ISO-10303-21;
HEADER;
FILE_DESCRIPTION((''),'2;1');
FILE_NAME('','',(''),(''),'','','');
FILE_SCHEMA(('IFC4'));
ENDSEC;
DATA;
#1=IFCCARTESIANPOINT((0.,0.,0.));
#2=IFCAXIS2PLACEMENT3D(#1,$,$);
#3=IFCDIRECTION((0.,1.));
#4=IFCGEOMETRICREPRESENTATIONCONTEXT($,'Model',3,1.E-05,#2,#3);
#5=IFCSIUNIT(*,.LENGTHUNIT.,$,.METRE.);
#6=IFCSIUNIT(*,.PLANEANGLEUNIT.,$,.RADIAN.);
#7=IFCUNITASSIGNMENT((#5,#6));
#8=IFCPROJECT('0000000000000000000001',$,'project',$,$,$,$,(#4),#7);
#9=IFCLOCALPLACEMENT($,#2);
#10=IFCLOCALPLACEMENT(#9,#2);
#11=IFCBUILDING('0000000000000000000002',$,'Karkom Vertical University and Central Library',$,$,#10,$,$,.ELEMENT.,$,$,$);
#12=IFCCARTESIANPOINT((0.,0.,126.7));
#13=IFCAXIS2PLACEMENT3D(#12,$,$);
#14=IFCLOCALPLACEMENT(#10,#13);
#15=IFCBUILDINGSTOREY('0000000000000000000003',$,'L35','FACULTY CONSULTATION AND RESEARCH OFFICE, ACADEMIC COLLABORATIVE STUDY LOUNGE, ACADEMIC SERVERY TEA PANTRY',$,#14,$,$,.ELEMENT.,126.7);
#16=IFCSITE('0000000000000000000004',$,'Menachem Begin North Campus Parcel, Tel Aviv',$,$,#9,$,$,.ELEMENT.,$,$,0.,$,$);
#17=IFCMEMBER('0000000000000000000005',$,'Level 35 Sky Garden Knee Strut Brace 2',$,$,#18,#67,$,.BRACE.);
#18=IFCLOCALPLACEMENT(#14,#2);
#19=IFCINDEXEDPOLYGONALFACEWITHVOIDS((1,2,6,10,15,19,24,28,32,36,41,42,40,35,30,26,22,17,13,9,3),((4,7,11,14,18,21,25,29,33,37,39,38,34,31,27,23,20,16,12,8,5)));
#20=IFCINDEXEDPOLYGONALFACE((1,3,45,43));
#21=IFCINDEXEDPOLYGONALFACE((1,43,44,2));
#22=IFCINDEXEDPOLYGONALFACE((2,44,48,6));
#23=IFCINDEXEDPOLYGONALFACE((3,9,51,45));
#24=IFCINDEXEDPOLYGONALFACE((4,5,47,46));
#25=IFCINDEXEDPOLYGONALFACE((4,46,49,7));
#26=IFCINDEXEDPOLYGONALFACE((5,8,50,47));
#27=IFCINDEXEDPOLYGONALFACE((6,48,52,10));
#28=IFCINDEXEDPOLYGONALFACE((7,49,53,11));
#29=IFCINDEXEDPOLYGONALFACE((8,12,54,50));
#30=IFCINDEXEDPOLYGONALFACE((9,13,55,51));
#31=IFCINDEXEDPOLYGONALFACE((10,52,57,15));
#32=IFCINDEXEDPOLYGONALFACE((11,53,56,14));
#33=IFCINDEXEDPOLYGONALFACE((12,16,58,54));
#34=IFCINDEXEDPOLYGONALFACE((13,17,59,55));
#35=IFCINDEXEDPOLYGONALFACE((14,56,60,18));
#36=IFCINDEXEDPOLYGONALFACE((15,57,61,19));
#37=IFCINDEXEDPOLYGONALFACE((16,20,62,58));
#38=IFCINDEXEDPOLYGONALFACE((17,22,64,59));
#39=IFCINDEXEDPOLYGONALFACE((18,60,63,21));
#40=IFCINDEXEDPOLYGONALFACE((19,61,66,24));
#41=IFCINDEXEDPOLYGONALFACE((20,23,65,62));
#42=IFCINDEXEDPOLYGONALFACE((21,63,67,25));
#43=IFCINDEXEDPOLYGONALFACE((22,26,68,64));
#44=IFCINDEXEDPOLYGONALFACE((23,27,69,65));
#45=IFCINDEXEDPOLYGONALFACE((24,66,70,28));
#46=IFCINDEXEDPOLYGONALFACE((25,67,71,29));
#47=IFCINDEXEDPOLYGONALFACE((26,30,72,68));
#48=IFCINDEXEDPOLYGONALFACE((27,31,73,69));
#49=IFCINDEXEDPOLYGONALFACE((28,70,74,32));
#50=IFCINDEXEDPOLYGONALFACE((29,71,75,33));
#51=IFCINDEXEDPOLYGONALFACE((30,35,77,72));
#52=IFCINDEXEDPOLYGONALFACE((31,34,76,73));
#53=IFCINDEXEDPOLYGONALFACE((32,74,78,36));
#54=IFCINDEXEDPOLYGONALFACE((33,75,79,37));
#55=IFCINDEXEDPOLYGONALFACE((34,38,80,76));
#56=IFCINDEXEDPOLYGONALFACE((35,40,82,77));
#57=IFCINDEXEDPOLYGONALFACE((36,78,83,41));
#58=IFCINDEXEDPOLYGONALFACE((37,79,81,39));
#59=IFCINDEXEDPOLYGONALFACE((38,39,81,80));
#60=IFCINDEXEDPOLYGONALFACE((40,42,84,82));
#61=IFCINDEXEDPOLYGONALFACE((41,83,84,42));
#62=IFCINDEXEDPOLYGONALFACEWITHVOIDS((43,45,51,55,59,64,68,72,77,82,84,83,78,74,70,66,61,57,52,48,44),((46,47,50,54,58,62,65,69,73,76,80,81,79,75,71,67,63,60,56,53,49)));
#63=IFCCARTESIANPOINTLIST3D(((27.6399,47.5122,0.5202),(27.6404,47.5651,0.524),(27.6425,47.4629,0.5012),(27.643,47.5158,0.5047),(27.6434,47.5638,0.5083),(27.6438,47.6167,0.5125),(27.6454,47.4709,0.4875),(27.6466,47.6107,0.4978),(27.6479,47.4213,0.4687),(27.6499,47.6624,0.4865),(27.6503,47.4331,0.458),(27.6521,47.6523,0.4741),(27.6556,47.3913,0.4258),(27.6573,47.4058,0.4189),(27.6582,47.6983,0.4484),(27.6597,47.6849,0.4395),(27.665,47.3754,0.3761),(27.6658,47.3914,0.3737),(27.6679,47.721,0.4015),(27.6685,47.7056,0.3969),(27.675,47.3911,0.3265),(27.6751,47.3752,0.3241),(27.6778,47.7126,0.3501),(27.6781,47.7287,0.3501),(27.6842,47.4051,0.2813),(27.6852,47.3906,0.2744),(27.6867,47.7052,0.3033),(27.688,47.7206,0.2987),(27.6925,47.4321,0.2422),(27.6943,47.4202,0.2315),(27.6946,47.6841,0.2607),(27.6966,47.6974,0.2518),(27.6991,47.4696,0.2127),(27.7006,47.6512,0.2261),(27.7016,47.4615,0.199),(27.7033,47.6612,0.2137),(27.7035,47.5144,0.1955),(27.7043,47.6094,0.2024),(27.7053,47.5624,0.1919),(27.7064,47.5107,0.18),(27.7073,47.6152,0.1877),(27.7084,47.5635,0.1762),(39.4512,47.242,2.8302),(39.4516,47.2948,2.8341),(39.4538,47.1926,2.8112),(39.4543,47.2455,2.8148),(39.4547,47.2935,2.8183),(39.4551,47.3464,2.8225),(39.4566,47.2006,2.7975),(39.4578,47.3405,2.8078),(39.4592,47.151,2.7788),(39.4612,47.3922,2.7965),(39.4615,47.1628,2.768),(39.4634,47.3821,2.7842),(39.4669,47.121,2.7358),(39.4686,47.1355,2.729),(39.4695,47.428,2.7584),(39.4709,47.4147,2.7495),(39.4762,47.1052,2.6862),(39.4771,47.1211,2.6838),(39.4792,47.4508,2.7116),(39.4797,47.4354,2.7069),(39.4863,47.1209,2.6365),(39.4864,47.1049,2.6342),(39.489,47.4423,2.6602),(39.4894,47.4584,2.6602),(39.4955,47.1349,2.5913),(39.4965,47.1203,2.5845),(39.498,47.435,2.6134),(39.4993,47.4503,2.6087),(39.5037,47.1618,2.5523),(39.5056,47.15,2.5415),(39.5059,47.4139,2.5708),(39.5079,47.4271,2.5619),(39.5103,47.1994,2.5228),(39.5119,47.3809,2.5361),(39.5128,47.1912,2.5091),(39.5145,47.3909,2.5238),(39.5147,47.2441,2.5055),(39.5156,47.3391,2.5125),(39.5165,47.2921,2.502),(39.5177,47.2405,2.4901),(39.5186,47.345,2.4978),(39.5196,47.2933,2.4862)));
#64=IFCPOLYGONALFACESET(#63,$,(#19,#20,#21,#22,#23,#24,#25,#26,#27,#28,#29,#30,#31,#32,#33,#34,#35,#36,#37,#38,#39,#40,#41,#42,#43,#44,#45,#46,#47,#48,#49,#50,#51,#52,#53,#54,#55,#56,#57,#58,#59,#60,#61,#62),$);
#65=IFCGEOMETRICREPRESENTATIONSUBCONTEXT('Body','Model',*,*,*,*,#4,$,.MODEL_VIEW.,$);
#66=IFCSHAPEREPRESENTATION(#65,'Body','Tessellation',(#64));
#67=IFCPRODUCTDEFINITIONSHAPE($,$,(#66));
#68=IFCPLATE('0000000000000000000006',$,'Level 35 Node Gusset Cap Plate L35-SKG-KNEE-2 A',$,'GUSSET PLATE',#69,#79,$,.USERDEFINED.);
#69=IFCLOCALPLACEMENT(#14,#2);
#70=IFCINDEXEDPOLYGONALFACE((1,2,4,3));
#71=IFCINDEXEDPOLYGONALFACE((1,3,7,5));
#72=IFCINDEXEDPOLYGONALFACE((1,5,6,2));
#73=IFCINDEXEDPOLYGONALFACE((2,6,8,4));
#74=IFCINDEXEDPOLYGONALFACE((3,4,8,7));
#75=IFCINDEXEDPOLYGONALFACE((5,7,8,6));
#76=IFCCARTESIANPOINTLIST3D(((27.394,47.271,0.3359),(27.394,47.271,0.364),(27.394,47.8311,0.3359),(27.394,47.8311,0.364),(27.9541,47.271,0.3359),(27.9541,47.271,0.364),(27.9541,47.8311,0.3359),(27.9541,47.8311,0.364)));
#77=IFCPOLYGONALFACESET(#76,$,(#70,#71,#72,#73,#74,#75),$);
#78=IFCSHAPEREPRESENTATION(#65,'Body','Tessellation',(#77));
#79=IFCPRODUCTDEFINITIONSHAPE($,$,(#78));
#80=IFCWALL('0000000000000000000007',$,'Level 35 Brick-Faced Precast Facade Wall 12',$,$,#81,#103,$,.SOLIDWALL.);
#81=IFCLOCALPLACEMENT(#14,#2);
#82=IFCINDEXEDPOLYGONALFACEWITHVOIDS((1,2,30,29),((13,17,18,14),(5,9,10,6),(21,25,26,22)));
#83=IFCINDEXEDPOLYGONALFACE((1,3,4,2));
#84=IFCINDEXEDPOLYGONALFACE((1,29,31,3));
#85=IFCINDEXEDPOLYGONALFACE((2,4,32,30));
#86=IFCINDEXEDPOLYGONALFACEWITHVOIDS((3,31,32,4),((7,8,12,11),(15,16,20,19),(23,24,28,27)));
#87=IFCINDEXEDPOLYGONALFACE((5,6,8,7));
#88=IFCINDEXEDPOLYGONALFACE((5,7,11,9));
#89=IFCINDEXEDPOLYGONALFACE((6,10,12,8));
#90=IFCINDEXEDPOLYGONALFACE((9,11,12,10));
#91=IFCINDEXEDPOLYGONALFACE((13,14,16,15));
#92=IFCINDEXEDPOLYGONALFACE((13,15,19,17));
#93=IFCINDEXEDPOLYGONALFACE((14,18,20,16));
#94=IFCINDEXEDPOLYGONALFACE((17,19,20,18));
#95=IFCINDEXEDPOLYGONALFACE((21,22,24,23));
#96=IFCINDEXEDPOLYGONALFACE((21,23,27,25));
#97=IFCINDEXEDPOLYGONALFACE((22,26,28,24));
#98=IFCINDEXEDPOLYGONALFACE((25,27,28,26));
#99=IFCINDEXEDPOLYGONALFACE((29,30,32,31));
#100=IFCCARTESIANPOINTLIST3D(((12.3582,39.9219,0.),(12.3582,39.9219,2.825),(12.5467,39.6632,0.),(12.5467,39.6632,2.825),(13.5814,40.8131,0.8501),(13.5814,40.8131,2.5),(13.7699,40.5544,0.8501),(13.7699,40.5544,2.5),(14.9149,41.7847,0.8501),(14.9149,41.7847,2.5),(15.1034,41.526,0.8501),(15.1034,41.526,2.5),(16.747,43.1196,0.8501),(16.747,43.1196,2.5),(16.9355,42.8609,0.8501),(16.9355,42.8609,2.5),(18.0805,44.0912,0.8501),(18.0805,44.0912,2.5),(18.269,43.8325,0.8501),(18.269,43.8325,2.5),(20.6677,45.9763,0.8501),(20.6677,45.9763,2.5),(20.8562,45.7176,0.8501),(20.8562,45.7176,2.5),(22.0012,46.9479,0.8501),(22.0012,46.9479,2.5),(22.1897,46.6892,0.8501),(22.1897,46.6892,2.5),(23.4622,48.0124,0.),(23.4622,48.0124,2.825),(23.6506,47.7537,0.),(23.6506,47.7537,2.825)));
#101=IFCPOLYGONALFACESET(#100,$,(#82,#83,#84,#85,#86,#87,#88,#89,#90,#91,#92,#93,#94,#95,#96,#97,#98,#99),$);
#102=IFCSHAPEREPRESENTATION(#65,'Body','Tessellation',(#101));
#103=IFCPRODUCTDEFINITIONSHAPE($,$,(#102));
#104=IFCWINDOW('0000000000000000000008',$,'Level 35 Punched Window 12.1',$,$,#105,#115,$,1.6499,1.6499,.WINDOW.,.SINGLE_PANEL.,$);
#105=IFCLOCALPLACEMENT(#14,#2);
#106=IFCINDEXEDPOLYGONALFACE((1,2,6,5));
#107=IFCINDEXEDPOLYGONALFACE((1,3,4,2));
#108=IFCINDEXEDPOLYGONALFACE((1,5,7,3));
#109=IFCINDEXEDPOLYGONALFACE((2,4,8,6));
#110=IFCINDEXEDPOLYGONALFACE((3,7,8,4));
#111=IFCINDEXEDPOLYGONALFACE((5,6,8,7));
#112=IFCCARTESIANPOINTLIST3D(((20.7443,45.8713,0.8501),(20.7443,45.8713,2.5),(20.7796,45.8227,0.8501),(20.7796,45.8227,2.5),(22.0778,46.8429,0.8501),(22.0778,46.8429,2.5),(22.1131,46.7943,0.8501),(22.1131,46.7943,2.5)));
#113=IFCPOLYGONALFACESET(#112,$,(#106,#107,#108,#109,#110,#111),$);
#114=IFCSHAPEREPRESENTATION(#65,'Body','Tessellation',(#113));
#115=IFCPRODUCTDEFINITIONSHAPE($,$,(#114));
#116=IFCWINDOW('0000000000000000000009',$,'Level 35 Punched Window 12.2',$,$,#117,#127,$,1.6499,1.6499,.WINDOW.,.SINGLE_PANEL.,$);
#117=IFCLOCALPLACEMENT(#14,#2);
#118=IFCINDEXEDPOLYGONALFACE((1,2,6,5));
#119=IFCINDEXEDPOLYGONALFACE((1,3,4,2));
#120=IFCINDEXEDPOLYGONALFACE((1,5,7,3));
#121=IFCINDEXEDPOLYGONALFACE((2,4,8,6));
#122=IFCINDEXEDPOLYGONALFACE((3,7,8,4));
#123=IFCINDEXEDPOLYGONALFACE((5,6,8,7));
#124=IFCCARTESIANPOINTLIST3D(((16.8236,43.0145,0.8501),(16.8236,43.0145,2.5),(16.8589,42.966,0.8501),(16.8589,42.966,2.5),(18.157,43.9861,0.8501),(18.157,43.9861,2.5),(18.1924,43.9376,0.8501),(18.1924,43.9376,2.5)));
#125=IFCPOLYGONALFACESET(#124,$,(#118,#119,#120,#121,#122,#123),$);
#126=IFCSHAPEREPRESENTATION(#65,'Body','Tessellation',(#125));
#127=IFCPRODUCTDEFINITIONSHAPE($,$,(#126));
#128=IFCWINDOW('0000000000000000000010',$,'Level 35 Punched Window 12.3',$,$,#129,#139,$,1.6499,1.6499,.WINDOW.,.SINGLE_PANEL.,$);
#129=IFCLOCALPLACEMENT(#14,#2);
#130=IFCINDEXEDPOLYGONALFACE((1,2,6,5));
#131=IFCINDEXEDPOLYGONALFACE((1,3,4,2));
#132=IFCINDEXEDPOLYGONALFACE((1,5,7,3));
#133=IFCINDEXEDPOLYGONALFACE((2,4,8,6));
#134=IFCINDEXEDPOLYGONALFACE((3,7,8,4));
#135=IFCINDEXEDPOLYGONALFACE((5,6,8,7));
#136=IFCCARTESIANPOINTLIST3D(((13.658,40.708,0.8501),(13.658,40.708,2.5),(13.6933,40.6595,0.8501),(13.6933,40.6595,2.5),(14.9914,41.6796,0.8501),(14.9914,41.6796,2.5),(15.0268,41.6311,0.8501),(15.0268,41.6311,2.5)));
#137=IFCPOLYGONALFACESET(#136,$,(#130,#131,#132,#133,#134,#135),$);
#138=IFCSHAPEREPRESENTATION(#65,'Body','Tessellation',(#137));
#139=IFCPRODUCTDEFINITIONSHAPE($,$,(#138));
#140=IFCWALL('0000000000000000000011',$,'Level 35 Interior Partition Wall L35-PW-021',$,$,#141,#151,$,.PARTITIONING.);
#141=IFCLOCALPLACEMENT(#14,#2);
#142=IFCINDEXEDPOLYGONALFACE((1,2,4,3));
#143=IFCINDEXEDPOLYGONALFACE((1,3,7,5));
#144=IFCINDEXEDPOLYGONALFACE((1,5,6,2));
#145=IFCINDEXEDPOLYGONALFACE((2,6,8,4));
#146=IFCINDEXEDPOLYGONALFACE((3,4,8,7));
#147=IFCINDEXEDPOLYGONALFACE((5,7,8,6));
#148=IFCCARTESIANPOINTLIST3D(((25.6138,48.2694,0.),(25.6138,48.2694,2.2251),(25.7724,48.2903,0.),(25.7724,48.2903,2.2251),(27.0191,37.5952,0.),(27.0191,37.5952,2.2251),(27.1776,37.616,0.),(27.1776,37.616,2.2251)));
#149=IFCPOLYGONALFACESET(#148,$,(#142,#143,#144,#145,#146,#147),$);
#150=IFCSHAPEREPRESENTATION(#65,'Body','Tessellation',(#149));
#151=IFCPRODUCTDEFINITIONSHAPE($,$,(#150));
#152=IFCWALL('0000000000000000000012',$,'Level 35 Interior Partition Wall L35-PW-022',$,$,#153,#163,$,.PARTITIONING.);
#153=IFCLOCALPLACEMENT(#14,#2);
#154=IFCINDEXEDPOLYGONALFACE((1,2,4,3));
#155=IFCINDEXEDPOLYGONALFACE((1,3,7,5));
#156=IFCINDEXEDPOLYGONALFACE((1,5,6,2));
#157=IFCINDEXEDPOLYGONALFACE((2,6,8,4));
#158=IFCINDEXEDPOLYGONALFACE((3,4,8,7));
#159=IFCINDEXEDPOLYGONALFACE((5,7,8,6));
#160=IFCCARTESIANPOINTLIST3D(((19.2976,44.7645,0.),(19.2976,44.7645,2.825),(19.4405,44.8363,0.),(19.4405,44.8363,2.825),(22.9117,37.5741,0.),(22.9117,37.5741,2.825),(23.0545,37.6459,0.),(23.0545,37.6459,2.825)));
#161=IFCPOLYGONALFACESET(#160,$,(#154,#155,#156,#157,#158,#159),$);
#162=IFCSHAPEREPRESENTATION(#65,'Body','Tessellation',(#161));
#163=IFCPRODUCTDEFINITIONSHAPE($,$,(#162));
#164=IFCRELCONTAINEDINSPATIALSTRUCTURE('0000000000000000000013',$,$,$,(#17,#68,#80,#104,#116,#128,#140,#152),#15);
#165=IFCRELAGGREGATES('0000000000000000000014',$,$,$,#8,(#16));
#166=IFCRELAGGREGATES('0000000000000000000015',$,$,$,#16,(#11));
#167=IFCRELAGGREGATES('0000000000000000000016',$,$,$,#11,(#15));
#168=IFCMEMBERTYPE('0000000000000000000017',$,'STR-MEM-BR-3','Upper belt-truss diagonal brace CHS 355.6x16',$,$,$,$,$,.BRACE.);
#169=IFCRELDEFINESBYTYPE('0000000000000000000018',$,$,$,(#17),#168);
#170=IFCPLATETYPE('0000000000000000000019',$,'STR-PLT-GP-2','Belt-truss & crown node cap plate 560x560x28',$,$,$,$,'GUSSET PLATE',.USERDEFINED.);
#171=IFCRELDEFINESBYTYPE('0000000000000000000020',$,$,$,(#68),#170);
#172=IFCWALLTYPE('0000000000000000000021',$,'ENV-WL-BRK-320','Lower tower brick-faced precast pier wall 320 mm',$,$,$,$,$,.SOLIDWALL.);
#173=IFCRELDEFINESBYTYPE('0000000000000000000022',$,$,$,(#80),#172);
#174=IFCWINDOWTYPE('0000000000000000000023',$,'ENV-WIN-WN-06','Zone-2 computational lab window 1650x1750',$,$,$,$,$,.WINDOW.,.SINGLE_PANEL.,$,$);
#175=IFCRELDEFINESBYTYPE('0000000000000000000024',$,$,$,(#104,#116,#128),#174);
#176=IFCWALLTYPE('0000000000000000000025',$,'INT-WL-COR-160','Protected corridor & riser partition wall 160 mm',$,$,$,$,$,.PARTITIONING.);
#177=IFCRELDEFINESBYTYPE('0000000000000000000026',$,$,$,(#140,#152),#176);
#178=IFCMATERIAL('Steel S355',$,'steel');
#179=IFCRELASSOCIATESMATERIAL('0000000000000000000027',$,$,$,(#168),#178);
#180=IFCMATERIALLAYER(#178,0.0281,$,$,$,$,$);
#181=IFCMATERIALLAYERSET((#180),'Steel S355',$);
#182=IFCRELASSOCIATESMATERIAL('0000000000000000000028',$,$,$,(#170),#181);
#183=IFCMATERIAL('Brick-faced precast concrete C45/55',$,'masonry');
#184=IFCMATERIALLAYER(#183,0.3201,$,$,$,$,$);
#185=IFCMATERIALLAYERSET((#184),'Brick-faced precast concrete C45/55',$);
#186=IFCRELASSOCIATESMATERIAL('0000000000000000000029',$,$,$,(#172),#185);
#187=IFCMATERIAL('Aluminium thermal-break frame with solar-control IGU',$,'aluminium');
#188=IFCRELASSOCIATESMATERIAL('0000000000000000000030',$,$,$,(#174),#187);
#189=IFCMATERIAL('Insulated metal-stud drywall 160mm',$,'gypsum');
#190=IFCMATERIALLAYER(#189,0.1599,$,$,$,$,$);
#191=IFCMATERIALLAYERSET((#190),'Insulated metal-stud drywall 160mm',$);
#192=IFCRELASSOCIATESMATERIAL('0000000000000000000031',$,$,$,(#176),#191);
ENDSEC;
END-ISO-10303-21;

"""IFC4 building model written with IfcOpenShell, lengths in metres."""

from ifc_helpers import new_model, si_unit, direction, frame, frame_2d, origin, origin_with_axes, origin_2d, place, context, subcontext, project, spatial, rectangle, hollow_circle, extrude, source, transform, mapped, material, layer, layer_set, material_profile, profile_set, type_object, element, fill, save


model = new_model("IFC4")

# Units and contexts
model_context = context("Model", 3, precision=1e-05, world=origin(), true_north=direction((0.0, 1.0)))
body_context = subcontext(model_context, "Body", "Model", "MODEL_VIEW")
ifc_project = project(units=[si_unit("LENGTHUNIT", "METRE"), si_unit("PLANEANGLEUNIT", "RADIAN")], contexts=[model_context])

# Site, building, storey
site_placement = place(None, origin())
site = spatial("IfcSite", under=ifc_project, at=site_placement, Name="Menachem Begin North Campus Parcel, Tel Aviv", CompositionType="ELEMENT", RefElevation=0.0)
building_placement = place(site_placement, origin())
building = spatial("IfcBuilding", under=site, at=building_placement, Name="Karkom Vertical University and Central Library", CompositionType="ELEMENT")
storey_placement = place(building_placement, frame((0.0, 0.0, 126.7)))
storey = spatial("IfcBuildingStorey", under=building, at=storey_placement, Name="L35", Description="FACULTY CONSULTATION AND RESEARCH OFFICE, ACADEMIC COLLABORATIVE STUDY LOUNGE, ACADEMIC SERVERY TEA PANTRY", CompositionType="ELEMENT", Elevation=126.7)

# Shared definitions
ifc_material_1 = material(Name="Steel S355", Category="steel")

# Member
ifc_material_profile_1 = material_profile(ifc_material_1, hollow_circle(Radius=0.1777, WallThickness=0.0161, at=origin_2d()), Name="CHS 355.6x16")
ifc_profile_set_1 = profile_set([ifc_material_profile_1], Name="Steel S355")
member_type = type_object("IfcMemberType", Name="STR-MEM-BR-3", Description="Upper belt-truss diagonal brace CHS 355.6x16", PredefinedType="BRACE", material=ifc_profile_set_1)
shared_shape_1 = source(origin_with_axes(), body_context, "Body", "SweptSolid", [
    extrude(hollow_circle(Radius=0.1777, WallThickness=0.0161, at=origin_2d()), origin(), (0.0, 0.0, 1.0), 12.0381),
])
member_placement = place(storey_placement, frame((27.6741, 47.551, 0.3501), z_axis=(0.981159, -0.022451, 0.191896), x_axis=(0.022876, 0.999738, 0.0)))
element("IfcMember", 1, at=member_placement, inside=storey, type_object=member_type, Name="Level 35 Sky Garden Knee Strut Brace 2", PredefinedType="BRACE", context=body_context, shape_type="MappedRepresentation", body=[
    mapped(shared_shape_1, transform((0.0, 0.0, 0.0), scale=1.0)),
])

# Plate
ifc_layer_1 = layer(ifc_material_1, 0.0281)
ifc_layer_set_1 = layer_set([ifc_layer_1], Name="Steel S355")
plate_type = type_object("IfcPlateType", Name="STR-PLT-GP-2", Description="Belt-truss & crown node cap plate 560x560x28", ElementType="GUSSET PLATE", PredefinedType="USERDEFINED", material=ifc_layer_set_1)
shared_shape_2 = source(origin_with_axes(), body_context, "Body", "SweptSolid", [
    extrude(rectangle(XDim=0.5601, YDim=0.5601, at=origin_2d()), origin(), (0.0, 0.0, 1.0), 0.0281),
])
plate_placement = place(storey_placement, frame((27.6741, 47.551, 0.3359), z_axis=(0.0, 0.0, 1.0), x_axis=(1.0, 0.0, 0.0)))
element("IfcPlate", 2, at=plate_placement, inside=storey, type_object=plate_type, Name="Level 35 Node Gusset Cap Plate L35-SKG-KNEE-2 A", ObjectType="GUSSET PLATE", PredefinedType="USERDEFINED", context=body_context, shape_type="MappedRepresentation", body=[
    mapped(shared_shape_2, transform((0.0, 0.0, 0.0), scale=1.0)),
])

# Wall, openings, windows
ifc_material_2 = material(Name="Brick-faced precast concrete C45/55", Category="masonry")
ifc_layer_2 = layer(ifc_material_2, 0.3201)
ifc_layer_set_2 = layer_set([ifc_layer_2], Name="Brick-faced precast concrete C45/55")
wall_type_1 = type_object("IfcWallType", Name="ENV-WL-BRK-320", Description="Lower tower brick-faced precast pier wall 320 mm", PredefinedType="SOLIDWALL", material=ifc_layer_set_2)
wall_1_placement = place(storey_placement, frame((23.5564, 47.8831, 0.0), z_axis=(0.0, 0.0, 1.0), x_axis=(-0.808219, -0.588883, 0.0)))
wall_1 = element("IfcWall", 3, at=wall_1_placement, inside=storey, type_object=wall_type_1, Name="Level 35 Brick-Faced Precast Facade Wall 12", PredefinedType="SOLIDWALL", context=body_context, shape_type="SweptSolid", body=[
    extrude(rectangle(XDim=13.7388, YDim=0.3201, at=frame_2d((6.8694, 0.0))), origin(), (0.0, 0.0, 1.0), 2.825),
])
opening_1_placement = place(wall_1_placement, frame((1.8076, 0.0, 0.8501)))
opening_1 = element("IfcOpeningElement", 4, at=opening_1_placement, cuts=wall_1, PredefinedType="OPENING", context=body_context, shape_type="SweptSolid", body=[
    extrude(rectangle(XDim=1.6499, YDim=1.6499, at=frame_2d((0.825, 0.825))), frame((0.0, 0.1699, 0.0), z_axis=(0.0, -1.0, 0.0), x_axis=(1.0, 0.0, 0.0)), (0.0, 0.0, 1.0), 0.3401),
])
opening_2_placement = place(wall_1_placement, frame((6.6587, 0.0, 0.8501)))
opening_2 = element("IfcOpeningElement", 5, at=opening_2_placement, cuts=wall_1, PredefinedType="OPENING", context=body_context, shape_type="SweptSolid", body=[
    extrude(rectangle(XDim=1.6499, YDim=1.6499, at=frame_2d((0.825, 0.825))), frame((0.0, 0.1699, 0.0), z_axis=(0.0, -1.0, 0.0), x_axis=(1.0, 0.0, 0.0)), (0.0, 0.0, 1.0), 0.3401),
])
opening_3_placement = place(wall_1_placement, frame((10.5754, 0.0, 0.8501)))
opening_3 = element("IfcOpeningElement", 6, at=opening_3_placement, cuts=wall_1, PredefinedType="OPENING", context=body_context, shape_type="SweptSolid", body=[
    extrude(rectangle(XDim=1.6499, YDim=1.6499, at=frame_2d((0.825, 0.825))), frame((0.0, 0.1699, 0.0), z_axis=(0.0, -1.0, 0.0), x_axis=(1.0, 0.0, 0.0)), (0.0, 0.0, 1.0), 0.3401),
])
ifc_material_3 = material(Name="Aluminium thermal-break frame with solar-control IGU", Category="aluminium")
window_type = type_object("IfcWindowType", Name="ENV-WIN-WN-06", Description="Zone-2 computational lab window 1650x1750", PartitioningType="SINGLE_PANEL", PredefinedType="WINDOW", material=ifc_material_3)
shared_shape_3 = source(origin_with_axes(), body_context, "Body", "SweptSolid", [
    extrude(rectangle(XDim=1.6499, YDim=1.6499, at=frame_2d((0.825, 0.825))), frame((0.0, 0.03, 0.0), z_axis=(0.0, -1.0, 0.0), x_axis=(1.0, 0.0, 0.0)), (0.0, 0.0, 1.0), 0.0601),
])
window_1_placement = place(opening_1_placement, origin())
window_1 = element("IfcWindow", 7, at=window_1_placement, inside=storey, type_object=window_type, Name="Level 35 Punched Window 12.1", OverallHeight=1.6499, OverallWidth=1.6499, PartitioningType="SINGLE_PANEL", PredefinedType="WINDOW", context=body_context, shape_type="MappedRepresentation", body=[
    mapped(shared_shape_3, transform((0.0, 0.0, 0.0), scale=1.0)),
])
fill(opening_1, window_1)
window_2_placement = place(opening_2_placement, origin())
window_2 = element("IfcWindow", 8, at=window_2_placement, inside=storey, type_object=window_type, Name="Level 35 Punched Window 12.2", OverallHeight=1.6499, OverallWidth=1.6499, PartitioningType="SINGLE_PANEL", PredefinedType="WINDOW", context=body_context, shape_type="MappedRepresentation", body=[
    mapped(shared_shape_3, transform((0.0, 0.0, 0.0), scale=1.0)),
])
fill(opening_2, window_2)
window_3_placement = place(opening_3_placement, origin())
window_3 = element("IfcWindow", 9, at=window_3_placement, inside=storey, type_object=window_type, Name="Level 35 Punched Window 12.3", OverallHeight=1.6499, OverallWidth=1.6499, PartitioningType="SINGLE_PANEL", PredefinedType="WINDOW", context=body_context, shape_type="MappedRepresentation", body=[
    mapped(shared_shape_3, transform((0.0, 0.0, 0.0), scale=1.0)),
])
fill(opening_3, window_3)

# Walls
ifc_material_4 = material(Name="Insulated metal-stud drywall 160mm", Category="gypsum")
ifc_layer_3 = layer(ifc_material_4, 0.1599)
ifc_layer_set_3 = layer_set([ifc_layer_3], Name="Insulated metal-stud drywall 160mm")
wall_type_2 = type_object("IfcWallType", Name="INT-WL-COR-160", Description="Protected corridor & riser partition wall 160 mm", PredefinedType="PARTITIONING", material=ifc_layer_set_3)
wall_2_placement = place(storey_placement, frame((27.0984, 37.6055, 0.0), z_axis=(0.0, 0.0, 1.0), x_axis=(-0.130524, 0.991445, 0.0)))
element("IfcWall", 10, at=wall_2_placement, inside=storey, type_object=wall_type_2, Name="Level 35 Interior Partition Wall L35-PW-021", PredefinedType="PARTITIONING", context=body_context, shape_type="SweptSolid", body=[
    extrude(rectangle(XDim=10.7664, YDim=0.1599, at=frame_2d((5.3833, 0.0))), origin(), (0.0, 0.0, 1.0), 2.2251),
])
wall_3_placement = place(storey_placement, frame((22.9832, 37.6099, 0.0), z_axis=(0.0, 0.0, 1.0), x_axis=(-0.449081, 0.893491, 0.0)))
element("IfcWall", 11, at=wall_3_placement, inside=storey, type_object=wall_type_2, Name="Level 35 Interior Partition Wall L35-PW-022", PredefinedType="PARTITIONING", context=body_context, shape_type="SweptSolid", body=[
    extrude(rectangle(XDim=8.0476, YDim=0.1599, at=frame_2d((4.0239, 0.0))), origin(), (0.0, 0.0, 1.0), 2.825),
])

save(model, "model.ifc")
